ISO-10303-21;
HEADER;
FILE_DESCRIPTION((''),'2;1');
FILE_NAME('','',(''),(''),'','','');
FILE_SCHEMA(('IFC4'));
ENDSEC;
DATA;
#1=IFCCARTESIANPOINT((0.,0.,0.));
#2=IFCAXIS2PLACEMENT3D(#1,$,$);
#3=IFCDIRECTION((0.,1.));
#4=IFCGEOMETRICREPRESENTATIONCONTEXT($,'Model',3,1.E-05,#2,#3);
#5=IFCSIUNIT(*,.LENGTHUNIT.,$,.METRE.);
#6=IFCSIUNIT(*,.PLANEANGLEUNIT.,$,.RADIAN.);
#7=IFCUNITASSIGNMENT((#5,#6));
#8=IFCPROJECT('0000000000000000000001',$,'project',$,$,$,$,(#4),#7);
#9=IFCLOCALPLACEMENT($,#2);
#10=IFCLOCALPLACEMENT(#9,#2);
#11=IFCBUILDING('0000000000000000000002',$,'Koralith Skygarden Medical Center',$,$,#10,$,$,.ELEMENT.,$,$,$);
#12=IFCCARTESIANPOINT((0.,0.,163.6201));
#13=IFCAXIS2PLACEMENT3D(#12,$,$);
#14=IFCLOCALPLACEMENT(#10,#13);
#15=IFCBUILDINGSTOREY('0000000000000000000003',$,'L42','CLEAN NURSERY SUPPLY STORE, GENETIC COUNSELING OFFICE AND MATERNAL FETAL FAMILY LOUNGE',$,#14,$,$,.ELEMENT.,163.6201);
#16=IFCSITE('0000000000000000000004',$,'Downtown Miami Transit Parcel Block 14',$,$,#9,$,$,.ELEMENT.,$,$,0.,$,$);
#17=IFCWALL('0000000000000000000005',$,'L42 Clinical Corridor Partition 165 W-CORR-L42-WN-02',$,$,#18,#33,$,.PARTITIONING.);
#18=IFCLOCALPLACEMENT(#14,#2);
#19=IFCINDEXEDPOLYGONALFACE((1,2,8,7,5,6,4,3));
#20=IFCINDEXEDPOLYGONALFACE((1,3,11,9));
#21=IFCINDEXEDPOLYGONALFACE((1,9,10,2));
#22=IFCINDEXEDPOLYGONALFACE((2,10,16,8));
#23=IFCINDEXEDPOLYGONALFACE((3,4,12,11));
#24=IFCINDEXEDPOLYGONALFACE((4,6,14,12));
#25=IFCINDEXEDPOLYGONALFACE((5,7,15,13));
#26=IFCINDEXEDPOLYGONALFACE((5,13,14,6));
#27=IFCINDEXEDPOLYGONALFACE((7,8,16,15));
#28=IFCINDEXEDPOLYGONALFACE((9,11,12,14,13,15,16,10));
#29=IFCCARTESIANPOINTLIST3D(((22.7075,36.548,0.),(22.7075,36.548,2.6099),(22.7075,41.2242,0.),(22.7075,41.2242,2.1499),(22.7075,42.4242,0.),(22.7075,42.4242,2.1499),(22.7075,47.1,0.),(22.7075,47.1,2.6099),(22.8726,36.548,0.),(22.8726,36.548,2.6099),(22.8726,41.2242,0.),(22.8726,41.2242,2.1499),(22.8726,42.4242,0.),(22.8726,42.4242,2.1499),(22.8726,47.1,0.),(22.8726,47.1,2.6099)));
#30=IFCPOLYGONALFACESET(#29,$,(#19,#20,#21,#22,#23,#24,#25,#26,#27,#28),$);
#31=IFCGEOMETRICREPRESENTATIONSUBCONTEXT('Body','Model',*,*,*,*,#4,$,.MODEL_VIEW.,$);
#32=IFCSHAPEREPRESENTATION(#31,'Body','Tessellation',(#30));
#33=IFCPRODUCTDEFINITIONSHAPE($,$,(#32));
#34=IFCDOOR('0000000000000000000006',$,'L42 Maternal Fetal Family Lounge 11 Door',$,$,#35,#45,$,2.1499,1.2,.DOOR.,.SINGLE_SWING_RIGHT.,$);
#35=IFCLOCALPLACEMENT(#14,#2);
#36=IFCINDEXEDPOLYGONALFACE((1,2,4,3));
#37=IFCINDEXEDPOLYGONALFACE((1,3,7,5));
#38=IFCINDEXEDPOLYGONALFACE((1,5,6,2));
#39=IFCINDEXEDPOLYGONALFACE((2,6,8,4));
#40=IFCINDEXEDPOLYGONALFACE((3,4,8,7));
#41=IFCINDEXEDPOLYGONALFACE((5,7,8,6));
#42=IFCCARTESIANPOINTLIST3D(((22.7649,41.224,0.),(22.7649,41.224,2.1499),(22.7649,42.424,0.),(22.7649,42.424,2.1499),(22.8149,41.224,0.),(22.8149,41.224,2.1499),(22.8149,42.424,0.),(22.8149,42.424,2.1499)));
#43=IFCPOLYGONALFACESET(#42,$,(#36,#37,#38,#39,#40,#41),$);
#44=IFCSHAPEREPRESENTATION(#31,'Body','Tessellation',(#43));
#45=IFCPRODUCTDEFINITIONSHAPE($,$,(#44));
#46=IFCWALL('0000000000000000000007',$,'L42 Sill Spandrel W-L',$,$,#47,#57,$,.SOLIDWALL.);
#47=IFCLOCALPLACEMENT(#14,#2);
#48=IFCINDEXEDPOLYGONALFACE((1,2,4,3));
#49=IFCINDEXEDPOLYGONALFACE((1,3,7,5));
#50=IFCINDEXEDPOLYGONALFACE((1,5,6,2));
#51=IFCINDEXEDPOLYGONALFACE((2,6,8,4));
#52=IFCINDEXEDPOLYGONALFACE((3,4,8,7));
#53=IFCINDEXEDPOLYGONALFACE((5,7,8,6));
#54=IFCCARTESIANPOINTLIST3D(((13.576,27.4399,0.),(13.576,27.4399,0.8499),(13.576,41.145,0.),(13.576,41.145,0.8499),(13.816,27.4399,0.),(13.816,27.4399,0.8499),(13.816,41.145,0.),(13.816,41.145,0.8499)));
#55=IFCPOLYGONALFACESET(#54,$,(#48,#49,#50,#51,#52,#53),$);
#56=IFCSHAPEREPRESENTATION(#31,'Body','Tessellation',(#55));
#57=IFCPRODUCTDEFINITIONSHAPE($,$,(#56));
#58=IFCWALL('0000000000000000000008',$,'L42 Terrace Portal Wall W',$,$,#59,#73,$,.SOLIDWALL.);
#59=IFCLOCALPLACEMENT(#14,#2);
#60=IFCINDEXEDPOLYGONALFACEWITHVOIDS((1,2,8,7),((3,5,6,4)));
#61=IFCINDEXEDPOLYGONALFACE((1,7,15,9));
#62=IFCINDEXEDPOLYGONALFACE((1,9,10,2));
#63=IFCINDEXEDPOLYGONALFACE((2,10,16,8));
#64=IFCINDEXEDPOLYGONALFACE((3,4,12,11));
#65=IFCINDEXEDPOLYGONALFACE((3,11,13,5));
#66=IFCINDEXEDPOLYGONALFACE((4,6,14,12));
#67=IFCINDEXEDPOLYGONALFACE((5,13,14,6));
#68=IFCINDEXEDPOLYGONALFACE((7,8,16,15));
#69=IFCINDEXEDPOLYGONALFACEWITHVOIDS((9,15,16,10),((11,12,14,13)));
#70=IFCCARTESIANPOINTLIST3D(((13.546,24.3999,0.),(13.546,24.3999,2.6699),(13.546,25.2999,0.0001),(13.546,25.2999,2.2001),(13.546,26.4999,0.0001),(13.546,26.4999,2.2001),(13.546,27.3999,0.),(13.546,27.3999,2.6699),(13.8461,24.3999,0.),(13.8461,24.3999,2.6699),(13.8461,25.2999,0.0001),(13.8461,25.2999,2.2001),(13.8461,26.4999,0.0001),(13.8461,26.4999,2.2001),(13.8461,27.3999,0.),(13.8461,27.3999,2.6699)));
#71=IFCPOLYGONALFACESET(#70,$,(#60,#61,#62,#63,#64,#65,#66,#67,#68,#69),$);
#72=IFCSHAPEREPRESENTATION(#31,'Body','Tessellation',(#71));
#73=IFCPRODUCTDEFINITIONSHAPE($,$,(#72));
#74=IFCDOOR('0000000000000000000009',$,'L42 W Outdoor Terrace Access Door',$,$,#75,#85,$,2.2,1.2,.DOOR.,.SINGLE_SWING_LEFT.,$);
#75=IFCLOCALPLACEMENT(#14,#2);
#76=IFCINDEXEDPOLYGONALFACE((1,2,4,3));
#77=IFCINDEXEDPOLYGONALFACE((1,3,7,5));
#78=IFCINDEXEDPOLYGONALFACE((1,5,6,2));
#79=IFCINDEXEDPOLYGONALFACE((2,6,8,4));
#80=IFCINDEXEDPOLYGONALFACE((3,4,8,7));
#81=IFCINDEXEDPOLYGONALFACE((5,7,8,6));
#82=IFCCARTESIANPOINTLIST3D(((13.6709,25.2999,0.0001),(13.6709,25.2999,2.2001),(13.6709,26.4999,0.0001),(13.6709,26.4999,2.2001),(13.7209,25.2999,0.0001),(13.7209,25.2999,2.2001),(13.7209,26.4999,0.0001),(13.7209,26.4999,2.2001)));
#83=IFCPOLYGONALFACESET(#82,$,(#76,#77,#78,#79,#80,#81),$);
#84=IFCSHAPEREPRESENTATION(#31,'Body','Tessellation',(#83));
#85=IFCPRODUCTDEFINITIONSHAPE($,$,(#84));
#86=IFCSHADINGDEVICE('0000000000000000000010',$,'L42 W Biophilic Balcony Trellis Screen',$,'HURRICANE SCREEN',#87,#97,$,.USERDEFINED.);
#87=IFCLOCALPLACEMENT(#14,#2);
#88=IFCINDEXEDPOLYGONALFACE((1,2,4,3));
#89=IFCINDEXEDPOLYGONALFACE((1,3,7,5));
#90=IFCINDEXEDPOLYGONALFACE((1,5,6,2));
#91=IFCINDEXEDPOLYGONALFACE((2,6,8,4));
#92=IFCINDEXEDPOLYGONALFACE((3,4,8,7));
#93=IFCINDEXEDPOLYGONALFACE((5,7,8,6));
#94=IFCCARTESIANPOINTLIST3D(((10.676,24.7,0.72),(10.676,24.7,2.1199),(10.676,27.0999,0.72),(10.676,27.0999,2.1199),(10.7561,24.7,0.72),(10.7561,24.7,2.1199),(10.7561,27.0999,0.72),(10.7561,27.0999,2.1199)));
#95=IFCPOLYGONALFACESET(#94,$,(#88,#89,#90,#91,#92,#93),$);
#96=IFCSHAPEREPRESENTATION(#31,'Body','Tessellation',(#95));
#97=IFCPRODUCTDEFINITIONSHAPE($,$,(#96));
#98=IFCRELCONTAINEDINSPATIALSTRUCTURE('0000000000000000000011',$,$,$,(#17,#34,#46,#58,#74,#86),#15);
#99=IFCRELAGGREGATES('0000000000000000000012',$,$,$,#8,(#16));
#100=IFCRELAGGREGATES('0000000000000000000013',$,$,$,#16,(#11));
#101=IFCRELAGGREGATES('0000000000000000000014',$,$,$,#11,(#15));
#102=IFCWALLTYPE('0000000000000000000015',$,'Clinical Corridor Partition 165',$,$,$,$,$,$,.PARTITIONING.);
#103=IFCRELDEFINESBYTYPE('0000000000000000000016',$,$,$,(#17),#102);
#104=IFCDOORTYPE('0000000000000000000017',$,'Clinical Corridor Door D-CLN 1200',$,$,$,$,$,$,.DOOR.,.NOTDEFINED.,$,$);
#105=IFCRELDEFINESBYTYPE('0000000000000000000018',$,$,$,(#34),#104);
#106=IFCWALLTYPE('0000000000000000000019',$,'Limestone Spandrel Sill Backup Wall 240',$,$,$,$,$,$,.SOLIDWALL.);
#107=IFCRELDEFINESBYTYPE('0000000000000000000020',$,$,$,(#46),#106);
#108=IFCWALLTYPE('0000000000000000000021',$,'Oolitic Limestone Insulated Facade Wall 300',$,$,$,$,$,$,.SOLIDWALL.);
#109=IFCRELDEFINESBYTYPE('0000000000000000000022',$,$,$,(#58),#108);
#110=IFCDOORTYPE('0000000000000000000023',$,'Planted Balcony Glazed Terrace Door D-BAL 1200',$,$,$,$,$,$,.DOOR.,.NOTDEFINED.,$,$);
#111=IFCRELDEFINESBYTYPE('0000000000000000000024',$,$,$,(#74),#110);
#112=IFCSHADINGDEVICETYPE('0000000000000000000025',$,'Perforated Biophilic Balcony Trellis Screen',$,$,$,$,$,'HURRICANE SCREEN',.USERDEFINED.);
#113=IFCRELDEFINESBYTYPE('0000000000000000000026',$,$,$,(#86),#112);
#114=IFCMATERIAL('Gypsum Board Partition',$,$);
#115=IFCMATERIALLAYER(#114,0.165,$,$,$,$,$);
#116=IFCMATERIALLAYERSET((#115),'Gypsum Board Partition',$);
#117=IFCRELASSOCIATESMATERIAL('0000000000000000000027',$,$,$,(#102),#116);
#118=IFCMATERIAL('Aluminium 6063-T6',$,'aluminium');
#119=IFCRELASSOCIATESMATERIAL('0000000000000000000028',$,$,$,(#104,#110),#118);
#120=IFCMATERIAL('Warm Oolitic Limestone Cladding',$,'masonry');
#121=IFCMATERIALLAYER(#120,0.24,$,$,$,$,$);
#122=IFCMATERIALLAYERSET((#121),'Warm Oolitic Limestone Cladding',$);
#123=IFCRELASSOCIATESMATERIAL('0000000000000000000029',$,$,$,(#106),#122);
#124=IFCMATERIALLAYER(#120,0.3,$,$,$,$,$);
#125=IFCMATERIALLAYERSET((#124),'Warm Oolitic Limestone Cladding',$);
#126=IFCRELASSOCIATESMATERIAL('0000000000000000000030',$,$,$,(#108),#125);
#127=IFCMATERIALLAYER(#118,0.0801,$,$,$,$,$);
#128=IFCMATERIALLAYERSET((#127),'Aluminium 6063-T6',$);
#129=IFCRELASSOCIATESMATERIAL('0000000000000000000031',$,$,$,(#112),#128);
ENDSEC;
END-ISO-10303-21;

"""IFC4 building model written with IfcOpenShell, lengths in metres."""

from ifc_helpers import new_model, si_unit, direction, frame, frame_2d, origin, origin_2d, place, context, subcontext, project, spatial, rectangle, extrude, material, layer, layer_set, type_object, element, fill, save


model = new_model("IFC4")

# Units and contexts
model_context = context("Model", 3, precision=1e-05, world=origin(), true_north=direction((0.0, 1.0)))
body_context = subcontext(model_context, "Body", "Model", "MODEL_VIEW")
ifc_project = project(units=[si_unit("LENGTHUNIT", "METRE"), si_unit("PLANEANGLEUNIT", "RADIAN")], contexts=[model_context])

# Site, building, storey
site_placement = place(None, origin())
site = spatial("IfcSite", under=ifc_project, at=site_placement, Name="Downtown Miami Transit Parcel Block 14", CompositionType="ELEMENT", RefElevation=0.0)
building_placement = place(site_placement, origin())
building = spatial("IfcBuilding", under=site, at=building_placement, Name="Koralith Skygarden Medical Center", CompositionType="ELEMENT")
storey_placement = place(building_placement, frame((0.0, 0.0, 163.6201)))
storey = spatial("IfcBuildingStorey", under=building, at=storey_placement, Name="L42", Description="CLEAN NURSERY SUPPLY STORE, GENETIC COUNSELING OFFICE AND MATERNAL FETAL FAMILY LOUNGE", CompositionType="ELEMENT", Elevation=163.6201)

# Shared definitions
ifc_material_1 = material(Name="Aluminium 6063-T6", Category="aluminium")

# Shared definitions
ifc_material_2 = material(Name="Gypsum Board Partition")
ifc_layer_1 = layer(ifc_material_2, 0.165)
ifc_layer_set_1 = layer_set([ifc_layer_1], Name="Gypsum Board Partition")
wall_type_1 = type_object("IfcWallType", Name="Clinical Corridor Partition 165", PredefinedType="PARTITIONING", material=ifc_layer_set_1)

# Wall, opening, door
door_type_1 = type_object("IfcDoorType", Name="Clinical Corridor Door D-CLN 1200", OperationType="NOTDEFINED", PredefinedType="DOOR", material=ifc_material_1)
wall_1_placement = place(storey_placement, frame((22.79, 36.5481, 0.0), z_axis=(0.0, 0.0, 1.0), x_axis=(0.0, 1.0, 0.0)))
wall_1 = element("IfcWall", 1, at=wall_1_placement, inside=storey, type_object=wall_type_1, Name="L42 Clinical Corridor Partition 165 W-CORR-L42-WN-02", PredefinedType="PARTITIONING", context=body_context, shape_type="SweptSolid", body=[
    extrude(rectangle(XDim=10.552, YDim=0.165, at=frame_2d((5.2759, 0.0))), origin(), (0.0, 0.0, 1.0), 2.6099),
])
opening_1_placement = place(wall_1_placement, frame((4.676, 0.0, 0.0)))
opening_1 = element("IfcOpeningElement", 2, at=opening_1_placement, cuts=wall_1, PredefinedType="OPENING", context=body_context, shape_type="SweptSolid", body=[
    extrude(rectangle(XDim=1.2, YDim=2.1499, at=frame_2d((0.6001, 1.075))), frame((0.0, 0.0925, 0.0), z_axis=(0.0, -1.0, 0.0), x_axis=(1.0, 0.0, 0.0)), (0.0, 0.0, 1.0), 0.1851),
])
door_1_placement = place(opening_1_placement, frame((1.2, 0.0, 0.0), z_axis=(0.0, 0.0, 1.0), x_axis=(-1.0, 0.0, 0.0)))
door_1 = element("IfcDoor", 3, at=door_1_placement, inside=storey, type_object=door_type_1, Name="L42 Maternal Fetal Family Lounge 11 Door", OperationType="SINGLE_SWING_RIGHT", OverallHeight=2.1499, OverallWidth=1.2, PredefinedType="DOOR", context=body_context, shape_type="SweptSolid", body=[
    extrude(rectangle(XDim=1.2, YDim=2.1499, at=frame_2d((0.6001, 1.075))), frame((0.0, 0.0249, 0.0), z_axis=(0.0, -1.0, 0.0), x_axis=(1.0, 0.0, 0.0)), (0.0, 0.0, 1.0), 0.05),
])
fill(opening_1, door_1)

# Wall
ifc_material_3 = material(Name="Warm Oolitic Limestone Cladding", Category="masonry")
ifc_layer_2 = layer(ifc_material_3, 0.24)
ifc_layer_set_2 = layer_set([ifc_layer_2], Name="Warm Oolitic Limestone Cladding")
wall_type_2 = type_object("IfcWallType", Name="Limestone Spandrel Sill Backup Wall 240", PredefinedType="SOLIDWALL", material=ifc_layer_set_2)
wall_2_placement = place(storey_placement, frame((13.696, 41.145, 0.0), z_axis=(0.0, 0.0, 1.0), x_axis=(0.0, -1.0, 0.0)))
element("IfcWall", 4, at=wall_2_placement, inside=storey, type_object=wall_type_2, Name="L42 Sill Spandrel W-L", PredefinedType="SOLIDWALL", context=body_context, shape_type="SweptSolid", body=[
    extrude(rectangle(XDim=13.7051, YDim=0.24, at=frame_2d((6.8525, 0.0))), origin(), (0.0, 0.0, 1.0), 0.8499),
])

# Wall, opening, door
ifc_layer_3 = layer(ifc_material_3, 0.3)
ifc_layer_set_3 = layer_set([ifc_layer_3], Name="Warm Oolitic Limestone Cladding")
wall_type_3 = type_object("IfcWallType", Name="Oolitic Limestone Insulated Facade Wall 300", PredefinedType="SOLIDWALL", material=ifc_layer_set_3)
wall_3_placement = place(storey_placement, frame((13.696, 27.3999, 0.0), z_axis=(0.0, 0.0, 1.0), x_axis=(0.0, -1.0, 0.0)))
wall_3 = element("IfcWall", 5, at=wall_3_placement, inside=storey, type_object=wall_type_3, Name="L42 Terrace Portal Wall W", PredefinedType="SOLIDWALL", context=body_context, shape_type="SweptSolid", body=[
    extrude(rectangle(XDim=3.0, YDim=0.3, at=frame_2d((1.5, 0.0))), origin(), (0.0, 0.0, 1.0), 2.6699),
])
opening_2_placement = place(wall_3_placement, frame((0.8999, 0.0, 0.0)))
opening_2 = element("IfcOpeningElement", 6, at=opening_2_placement, cuts=wall_3, PredefinedType="OPENING", context=body_context, shape_type="SweptSolid", body=[
    extrude(rectangle(XDim=1.2, YDim=2.2, at=frame_2d((0.6001, 1.1001))), frame((0.0, 0.1599, 0.0), z_axis=(0.0, -1.0, 0.0), x_axis=(1.0, 0.0, 0.0)), (0.0, 0.0, 1.0), 0.3201),
])
door_type_2 = type_object("IfcDoorType", Name="Planted Balcony Glazed Terrace Door D-BAL 1200", OperationType="NOTDEFINED", PredefinedType="DOOR", material=ifc_material_1)
door_2_placement = place(opening_2_placement, origin())
door_2 = element("IfcDoor", 7, at=door_2_placement, inside=storey, type_object=door_type_2, Name="L42 W Outdoor Terrace Access Door", OperationType="SINGLE_SWING_LEFT", OverallHeight=2.2, OverallWidth=1.2, PredefinedType="DOOR", context=body_context, shape_type="SweptSolid", body=[
    extrude(rectangle(XDim=1.2, YDim=2.2, at=frame_2d((0.6001, 1.1001))), frame((0.0, 0.0249, 0.0), z_axis=(0.0, -1.0, 0.0), x_axis=(1.0, 0.0, 0.0)), (0.0, 0.0, 1.0), 0.05),
])
fill(opening_2, door_2)

# Shading device
ifc_layer_4 = layer(ifc_material_1, 0.0801)
ifc_layer_set_4 = layer_set([ifc_layer_4], Name="Aluminium 6063-T6")
shading_device_type = type_object("IfcShadingDeviceType", Name="Perforated Biophilic Balcony Trellis Screen", ElementType="HURRICANE SCREEN", PredefinedType="USERDEFINED", material=ifc_layer_set_4)
shading_device_placement = place(storey_placement, frame((10.7161, 25.8999, 0.72), z_axis=(0.0, 0.0, 1.0), x_axis=(0.0, 1.0, 0.0)))
element("IfcShadingDevice", 8, at=shading_device_placement, inside=storey, type_object=shading_device_type, Name="L42 W Biophilic Balcony Trellis Screen", ObjectType="HURRICANE SCREEN", PredefinedType="USERDEFINED", context=body_context, shape_type="SweptSolid", body=[
    extrude(rectangle(XDim=2.3999, YDim=0.0801, at=origin_2d()), origin(), (0.0, 0.0, 1.0), 1.3999),
])

save(model, "model.ifc")
